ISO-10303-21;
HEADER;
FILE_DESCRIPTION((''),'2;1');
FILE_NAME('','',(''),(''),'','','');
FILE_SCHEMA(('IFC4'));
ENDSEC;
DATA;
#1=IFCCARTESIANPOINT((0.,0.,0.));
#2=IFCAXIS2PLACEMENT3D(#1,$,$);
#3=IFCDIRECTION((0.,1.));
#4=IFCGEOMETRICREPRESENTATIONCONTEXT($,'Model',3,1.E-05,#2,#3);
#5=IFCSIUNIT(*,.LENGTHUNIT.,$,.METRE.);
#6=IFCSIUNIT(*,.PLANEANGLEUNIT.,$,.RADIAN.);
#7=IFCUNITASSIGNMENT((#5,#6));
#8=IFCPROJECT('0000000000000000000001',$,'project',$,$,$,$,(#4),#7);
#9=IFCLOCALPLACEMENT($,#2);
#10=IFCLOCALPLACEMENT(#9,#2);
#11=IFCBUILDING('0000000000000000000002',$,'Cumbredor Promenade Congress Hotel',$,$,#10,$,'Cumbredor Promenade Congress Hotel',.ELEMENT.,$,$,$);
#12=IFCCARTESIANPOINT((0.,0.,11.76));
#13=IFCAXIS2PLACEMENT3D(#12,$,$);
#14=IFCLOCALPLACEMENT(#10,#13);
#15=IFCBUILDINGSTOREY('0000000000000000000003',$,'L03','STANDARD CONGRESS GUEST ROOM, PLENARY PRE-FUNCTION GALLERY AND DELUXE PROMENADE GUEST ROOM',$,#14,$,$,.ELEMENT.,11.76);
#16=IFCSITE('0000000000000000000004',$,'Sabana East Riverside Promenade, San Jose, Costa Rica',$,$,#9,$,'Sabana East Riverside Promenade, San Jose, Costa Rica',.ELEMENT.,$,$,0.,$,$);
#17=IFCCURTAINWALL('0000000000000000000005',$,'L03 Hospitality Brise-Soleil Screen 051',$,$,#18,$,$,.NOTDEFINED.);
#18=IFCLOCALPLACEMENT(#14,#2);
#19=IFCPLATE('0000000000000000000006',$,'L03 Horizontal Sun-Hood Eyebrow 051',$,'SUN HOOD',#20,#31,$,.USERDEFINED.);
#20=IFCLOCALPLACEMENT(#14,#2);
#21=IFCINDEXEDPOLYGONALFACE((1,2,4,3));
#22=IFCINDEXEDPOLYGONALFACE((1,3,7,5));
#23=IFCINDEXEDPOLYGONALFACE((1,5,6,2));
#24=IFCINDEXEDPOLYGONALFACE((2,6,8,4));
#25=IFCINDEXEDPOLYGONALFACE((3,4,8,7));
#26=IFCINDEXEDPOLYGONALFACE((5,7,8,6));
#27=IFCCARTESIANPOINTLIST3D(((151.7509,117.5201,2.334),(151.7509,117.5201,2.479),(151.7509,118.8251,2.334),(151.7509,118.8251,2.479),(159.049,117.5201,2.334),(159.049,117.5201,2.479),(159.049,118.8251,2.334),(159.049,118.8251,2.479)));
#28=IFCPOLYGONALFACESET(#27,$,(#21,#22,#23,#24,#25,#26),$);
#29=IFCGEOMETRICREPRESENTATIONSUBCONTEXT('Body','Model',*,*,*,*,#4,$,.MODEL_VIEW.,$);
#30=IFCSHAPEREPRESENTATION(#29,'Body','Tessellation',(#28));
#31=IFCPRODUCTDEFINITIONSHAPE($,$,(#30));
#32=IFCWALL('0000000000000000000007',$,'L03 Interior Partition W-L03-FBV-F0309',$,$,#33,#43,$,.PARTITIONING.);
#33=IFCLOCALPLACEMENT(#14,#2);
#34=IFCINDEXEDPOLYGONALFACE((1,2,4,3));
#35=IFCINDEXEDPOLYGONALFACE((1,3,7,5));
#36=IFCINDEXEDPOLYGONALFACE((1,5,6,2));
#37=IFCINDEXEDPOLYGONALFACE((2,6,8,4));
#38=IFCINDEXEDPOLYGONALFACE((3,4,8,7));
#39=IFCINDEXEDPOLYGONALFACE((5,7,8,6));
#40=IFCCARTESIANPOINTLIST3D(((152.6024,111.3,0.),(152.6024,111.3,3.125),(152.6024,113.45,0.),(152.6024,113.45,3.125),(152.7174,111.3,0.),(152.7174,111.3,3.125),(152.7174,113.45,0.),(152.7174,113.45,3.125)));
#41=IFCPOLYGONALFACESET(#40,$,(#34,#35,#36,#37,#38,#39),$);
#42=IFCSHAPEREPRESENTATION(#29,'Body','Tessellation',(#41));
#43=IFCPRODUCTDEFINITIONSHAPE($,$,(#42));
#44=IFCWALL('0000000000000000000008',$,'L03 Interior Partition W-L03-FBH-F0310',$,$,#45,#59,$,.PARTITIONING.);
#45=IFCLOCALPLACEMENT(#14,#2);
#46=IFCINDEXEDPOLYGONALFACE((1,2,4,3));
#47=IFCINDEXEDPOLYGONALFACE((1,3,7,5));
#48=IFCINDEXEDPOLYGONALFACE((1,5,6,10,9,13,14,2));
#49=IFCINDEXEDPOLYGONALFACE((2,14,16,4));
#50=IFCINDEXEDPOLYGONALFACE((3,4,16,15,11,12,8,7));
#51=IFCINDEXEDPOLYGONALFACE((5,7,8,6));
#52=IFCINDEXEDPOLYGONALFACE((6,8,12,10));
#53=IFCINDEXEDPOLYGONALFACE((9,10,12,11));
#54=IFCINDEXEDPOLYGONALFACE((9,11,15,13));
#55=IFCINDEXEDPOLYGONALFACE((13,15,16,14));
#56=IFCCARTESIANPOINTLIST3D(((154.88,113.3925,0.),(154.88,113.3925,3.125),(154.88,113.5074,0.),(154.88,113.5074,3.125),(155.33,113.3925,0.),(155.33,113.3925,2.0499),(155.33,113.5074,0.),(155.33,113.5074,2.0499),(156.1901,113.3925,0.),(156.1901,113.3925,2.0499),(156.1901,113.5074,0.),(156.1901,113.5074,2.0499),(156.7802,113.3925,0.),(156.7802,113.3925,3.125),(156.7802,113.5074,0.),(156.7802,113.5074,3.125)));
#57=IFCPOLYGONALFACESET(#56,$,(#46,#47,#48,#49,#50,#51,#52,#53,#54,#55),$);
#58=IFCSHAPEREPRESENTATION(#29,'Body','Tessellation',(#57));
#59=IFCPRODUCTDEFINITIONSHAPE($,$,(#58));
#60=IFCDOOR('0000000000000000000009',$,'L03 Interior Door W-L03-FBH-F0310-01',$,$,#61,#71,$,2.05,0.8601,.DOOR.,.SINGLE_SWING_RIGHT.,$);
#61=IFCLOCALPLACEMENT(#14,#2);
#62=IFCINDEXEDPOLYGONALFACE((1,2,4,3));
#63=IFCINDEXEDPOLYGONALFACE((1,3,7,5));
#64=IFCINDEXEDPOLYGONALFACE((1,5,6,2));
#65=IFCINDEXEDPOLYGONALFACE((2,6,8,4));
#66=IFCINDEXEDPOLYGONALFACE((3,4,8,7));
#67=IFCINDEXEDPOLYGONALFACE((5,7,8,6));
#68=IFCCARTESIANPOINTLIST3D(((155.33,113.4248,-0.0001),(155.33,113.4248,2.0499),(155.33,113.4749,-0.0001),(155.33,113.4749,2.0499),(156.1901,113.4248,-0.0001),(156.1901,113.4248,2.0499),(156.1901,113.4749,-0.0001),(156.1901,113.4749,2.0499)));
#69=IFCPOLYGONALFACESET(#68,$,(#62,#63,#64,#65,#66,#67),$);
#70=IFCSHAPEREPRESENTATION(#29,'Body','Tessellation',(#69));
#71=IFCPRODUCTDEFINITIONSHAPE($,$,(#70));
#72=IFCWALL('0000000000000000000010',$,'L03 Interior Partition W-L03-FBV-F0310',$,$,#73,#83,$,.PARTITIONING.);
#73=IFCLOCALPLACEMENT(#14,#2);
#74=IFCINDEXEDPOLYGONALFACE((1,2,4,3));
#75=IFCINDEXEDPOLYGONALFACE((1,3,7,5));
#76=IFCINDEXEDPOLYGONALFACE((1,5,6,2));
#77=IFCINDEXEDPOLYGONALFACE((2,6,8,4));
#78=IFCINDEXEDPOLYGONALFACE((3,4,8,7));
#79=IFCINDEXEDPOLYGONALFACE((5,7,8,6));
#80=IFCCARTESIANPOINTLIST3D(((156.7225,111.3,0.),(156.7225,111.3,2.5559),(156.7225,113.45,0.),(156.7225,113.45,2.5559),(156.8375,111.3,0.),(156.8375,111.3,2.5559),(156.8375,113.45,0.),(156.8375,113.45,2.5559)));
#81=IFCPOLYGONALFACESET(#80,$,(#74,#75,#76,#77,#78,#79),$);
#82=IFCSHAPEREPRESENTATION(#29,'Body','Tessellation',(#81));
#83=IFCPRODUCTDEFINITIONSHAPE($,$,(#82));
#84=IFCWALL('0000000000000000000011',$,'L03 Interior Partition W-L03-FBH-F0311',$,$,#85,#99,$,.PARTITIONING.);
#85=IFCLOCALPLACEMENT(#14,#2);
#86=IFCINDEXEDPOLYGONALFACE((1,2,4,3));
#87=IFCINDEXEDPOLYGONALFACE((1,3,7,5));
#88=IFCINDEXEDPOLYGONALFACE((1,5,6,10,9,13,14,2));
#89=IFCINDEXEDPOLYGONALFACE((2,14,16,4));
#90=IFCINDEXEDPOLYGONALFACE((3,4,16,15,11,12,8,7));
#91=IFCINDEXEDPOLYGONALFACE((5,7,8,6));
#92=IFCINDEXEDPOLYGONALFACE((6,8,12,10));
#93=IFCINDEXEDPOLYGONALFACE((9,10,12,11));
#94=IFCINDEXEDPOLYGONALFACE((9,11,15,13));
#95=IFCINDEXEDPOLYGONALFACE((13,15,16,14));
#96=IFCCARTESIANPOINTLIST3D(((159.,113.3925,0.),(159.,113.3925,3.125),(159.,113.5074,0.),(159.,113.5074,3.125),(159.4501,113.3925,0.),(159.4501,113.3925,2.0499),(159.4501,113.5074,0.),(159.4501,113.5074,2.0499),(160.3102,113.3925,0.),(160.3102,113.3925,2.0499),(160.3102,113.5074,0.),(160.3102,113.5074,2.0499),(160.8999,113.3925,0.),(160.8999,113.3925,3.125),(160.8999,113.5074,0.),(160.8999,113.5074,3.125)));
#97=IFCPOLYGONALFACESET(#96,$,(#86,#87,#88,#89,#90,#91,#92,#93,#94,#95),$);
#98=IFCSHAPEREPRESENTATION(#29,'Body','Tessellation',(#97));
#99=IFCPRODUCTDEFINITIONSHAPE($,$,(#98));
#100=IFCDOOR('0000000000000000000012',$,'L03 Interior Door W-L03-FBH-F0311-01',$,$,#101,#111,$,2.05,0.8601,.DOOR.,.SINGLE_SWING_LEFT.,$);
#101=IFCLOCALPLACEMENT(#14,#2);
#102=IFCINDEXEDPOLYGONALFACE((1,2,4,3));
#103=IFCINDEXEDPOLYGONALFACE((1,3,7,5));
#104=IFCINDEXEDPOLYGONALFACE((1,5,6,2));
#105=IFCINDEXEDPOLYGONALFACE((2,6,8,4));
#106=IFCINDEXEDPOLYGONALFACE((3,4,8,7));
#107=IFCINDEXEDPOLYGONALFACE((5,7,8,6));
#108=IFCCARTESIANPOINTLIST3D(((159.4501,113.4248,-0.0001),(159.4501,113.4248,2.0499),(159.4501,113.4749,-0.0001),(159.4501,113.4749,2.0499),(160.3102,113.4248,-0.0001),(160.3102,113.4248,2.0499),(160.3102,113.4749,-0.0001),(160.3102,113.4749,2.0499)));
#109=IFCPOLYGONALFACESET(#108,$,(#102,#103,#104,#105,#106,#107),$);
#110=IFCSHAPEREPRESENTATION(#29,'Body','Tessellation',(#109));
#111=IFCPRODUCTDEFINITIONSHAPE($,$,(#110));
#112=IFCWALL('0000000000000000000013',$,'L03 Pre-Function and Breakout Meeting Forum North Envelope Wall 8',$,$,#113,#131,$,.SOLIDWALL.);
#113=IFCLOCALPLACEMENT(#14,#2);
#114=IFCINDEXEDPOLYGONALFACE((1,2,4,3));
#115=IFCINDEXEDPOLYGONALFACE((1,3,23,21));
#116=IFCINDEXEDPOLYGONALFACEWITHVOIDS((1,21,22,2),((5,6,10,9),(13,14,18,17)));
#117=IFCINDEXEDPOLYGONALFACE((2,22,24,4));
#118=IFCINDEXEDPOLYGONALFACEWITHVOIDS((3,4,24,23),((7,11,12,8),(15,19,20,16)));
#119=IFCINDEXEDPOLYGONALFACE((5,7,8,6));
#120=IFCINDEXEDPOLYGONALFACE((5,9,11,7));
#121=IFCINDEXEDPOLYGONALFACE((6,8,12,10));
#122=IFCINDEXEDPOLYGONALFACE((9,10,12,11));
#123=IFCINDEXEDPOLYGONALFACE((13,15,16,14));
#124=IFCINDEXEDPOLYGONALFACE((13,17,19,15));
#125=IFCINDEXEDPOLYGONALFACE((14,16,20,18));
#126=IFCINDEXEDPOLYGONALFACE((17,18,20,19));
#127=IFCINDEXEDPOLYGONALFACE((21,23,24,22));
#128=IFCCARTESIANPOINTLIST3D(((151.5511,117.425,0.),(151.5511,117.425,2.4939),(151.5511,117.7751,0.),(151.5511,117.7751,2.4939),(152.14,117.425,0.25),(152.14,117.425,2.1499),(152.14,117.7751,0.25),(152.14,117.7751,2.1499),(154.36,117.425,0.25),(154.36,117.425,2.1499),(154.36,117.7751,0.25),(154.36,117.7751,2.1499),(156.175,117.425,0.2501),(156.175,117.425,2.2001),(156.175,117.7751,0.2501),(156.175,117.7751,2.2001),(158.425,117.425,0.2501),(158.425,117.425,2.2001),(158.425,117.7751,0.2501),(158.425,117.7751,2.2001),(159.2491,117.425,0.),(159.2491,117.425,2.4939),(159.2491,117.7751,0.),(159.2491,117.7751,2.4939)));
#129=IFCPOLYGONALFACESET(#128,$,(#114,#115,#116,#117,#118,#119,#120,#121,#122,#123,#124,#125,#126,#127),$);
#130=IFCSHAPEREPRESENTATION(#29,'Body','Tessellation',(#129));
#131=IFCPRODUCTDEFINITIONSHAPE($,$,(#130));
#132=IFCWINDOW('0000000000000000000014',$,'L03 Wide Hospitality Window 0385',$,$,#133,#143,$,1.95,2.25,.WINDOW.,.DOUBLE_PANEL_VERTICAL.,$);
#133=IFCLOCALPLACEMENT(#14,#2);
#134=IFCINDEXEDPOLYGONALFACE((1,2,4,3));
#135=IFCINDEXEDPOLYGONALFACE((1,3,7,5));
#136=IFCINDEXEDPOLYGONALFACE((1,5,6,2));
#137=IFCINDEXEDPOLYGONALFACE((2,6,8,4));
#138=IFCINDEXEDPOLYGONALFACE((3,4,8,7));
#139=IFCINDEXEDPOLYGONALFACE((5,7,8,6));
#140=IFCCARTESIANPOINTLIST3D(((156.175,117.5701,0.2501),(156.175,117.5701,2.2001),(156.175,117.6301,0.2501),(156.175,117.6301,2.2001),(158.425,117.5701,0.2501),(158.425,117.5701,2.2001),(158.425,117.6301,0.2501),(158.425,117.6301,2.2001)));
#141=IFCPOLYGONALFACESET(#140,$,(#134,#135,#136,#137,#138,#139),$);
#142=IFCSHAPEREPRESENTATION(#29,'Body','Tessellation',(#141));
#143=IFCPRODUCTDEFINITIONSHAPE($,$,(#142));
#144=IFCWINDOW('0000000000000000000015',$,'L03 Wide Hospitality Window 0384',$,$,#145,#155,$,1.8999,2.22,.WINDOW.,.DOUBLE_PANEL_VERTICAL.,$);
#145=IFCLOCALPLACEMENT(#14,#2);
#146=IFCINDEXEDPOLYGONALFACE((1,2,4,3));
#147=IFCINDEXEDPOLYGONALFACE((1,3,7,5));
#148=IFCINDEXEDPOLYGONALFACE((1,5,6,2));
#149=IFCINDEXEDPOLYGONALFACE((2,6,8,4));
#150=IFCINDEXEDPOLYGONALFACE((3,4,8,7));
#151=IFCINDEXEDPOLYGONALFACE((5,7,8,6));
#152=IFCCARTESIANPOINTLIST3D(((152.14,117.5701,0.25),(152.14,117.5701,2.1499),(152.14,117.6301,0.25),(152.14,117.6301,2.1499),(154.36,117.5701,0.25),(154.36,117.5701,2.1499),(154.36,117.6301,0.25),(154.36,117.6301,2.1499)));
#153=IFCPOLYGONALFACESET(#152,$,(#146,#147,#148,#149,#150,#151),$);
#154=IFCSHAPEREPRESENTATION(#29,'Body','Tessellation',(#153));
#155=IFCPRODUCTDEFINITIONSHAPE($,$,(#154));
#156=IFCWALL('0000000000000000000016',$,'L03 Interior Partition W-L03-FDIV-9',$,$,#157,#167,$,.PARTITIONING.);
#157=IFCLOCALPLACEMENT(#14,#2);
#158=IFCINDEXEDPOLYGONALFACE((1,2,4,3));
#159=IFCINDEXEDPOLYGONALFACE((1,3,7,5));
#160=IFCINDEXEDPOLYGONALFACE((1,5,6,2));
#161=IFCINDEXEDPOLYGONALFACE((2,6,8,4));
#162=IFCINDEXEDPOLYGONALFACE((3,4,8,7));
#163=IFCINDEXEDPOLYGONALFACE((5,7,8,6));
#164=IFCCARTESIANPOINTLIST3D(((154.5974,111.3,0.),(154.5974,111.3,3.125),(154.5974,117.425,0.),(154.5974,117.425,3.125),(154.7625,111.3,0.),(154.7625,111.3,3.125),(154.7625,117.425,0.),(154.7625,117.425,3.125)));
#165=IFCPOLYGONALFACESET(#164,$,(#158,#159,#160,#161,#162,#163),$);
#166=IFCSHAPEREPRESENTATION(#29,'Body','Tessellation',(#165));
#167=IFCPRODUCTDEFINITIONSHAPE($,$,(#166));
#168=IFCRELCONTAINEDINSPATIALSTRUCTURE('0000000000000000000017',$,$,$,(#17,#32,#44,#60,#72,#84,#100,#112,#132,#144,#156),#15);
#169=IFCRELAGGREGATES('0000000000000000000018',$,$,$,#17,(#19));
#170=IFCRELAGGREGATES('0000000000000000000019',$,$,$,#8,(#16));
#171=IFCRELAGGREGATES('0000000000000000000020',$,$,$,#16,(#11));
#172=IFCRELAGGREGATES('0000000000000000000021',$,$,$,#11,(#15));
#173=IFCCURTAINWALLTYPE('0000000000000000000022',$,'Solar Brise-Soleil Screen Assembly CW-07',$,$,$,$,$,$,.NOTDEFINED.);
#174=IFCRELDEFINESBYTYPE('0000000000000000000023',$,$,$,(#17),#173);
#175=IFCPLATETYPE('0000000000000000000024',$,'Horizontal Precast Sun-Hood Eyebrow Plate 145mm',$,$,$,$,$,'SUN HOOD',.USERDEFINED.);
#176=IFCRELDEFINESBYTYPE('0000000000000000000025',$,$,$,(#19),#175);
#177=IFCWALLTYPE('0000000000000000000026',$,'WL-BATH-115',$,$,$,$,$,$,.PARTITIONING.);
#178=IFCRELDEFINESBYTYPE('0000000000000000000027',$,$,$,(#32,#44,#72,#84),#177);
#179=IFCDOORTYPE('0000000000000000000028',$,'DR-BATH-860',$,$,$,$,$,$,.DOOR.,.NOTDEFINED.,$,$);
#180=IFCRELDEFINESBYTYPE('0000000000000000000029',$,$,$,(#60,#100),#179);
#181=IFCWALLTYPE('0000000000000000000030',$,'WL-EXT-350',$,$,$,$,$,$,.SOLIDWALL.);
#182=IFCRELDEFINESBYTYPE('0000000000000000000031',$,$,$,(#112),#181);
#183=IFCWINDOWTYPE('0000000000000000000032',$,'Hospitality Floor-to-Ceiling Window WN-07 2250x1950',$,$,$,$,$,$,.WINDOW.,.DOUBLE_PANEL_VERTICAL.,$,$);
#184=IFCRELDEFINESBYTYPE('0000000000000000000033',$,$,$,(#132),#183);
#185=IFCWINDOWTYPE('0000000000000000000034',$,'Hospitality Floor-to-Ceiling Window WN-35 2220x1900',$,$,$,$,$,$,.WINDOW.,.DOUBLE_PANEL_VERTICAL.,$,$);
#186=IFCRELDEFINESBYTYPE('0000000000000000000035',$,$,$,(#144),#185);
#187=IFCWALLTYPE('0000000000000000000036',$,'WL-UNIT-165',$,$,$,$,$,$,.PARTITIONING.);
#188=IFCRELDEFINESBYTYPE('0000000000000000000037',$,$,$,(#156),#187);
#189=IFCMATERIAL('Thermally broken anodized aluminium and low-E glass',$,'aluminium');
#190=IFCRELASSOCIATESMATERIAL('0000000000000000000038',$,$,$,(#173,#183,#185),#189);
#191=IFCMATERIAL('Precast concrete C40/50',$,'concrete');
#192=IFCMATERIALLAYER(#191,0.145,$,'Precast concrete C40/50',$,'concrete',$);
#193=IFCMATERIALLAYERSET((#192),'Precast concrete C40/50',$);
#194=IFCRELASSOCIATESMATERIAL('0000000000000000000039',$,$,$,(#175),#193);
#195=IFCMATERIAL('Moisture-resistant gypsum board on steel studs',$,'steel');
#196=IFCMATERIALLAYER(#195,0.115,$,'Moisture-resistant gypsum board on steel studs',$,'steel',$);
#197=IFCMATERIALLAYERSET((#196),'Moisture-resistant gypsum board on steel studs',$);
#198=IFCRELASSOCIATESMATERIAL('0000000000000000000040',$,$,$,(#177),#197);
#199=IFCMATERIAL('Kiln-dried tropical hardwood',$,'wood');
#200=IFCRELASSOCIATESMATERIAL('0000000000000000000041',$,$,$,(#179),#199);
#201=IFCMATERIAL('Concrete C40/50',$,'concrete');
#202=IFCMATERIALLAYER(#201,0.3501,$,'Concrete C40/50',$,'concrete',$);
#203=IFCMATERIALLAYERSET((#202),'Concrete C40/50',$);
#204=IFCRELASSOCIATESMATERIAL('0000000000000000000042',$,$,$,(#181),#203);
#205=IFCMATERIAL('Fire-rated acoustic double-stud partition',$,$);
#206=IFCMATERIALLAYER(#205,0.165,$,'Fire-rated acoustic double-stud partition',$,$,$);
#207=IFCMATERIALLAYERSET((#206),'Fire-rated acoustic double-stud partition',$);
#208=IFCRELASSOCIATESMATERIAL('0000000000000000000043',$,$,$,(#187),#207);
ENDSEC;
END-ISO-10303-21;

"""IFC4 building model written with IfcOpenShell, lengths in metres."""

from ifc_helpers import new_model, si_unit, direction, frame, frame_2d, origin, origin_2d, place, context, subcontext, project, spatial, rectangle, extrude, material, layer, layer_set, type_object, element, fill, aggregate, save


model = new_model("IFC4")

# Units and contexts
model_context = context("Model", 3, precision=1e-05, world=origin(), true_north=direction((0.0, 1.0)))
body_context = subcontext(model_context, "Body", "Model", "MODEL_VIEW")
ifc_project = project(units=[si_unit("LENGTHUNIT", "METRE"), si_unit("PLANEANGLEUNIT", "RADIAN")], contexts=[model_context])

# Site, building, storey
site_placement = place(None, origin())
site = spatial("IfcSite", under=ifc_project, at=site_placement, Name="Sabana East Riverside Promenade, San Jose, Costa Rica", LongName="Sabana East Riverside Promenade, San Jose, Costa Rica", CompositionType="ELEMENT", RefElevation=0.0)
building_placement = place(site_placement, origin())
building = spatial("IfcBuilding", under=site, at=building_placement, Name="Cumbredor Promenade Congress Hotel", LongName="Cumbredor Promenade Congress Hotel", CompositionType="ELEMENT")
storey_placement = place(building_placement, frame((0.0, 0.0, 11.76)))
storey = spatial("IfcBuildingStorey", under=building, at=storey_placement, Name="L03", Description="STANDARD CONGRESS GUEST ROOM, PLENARY PRE-FUNCTION GALLERY AND DELUXE PROMENADE GUEST ROOM", CompositionType="ELEMENT", Elevation=11.76)

# Shared definitions
ifc_material_1 = material(Name="Concrete C40/50", Category="concrete")

# Curtain wall
ifc_material_2 = material(Name="Thermally broken anodized aluminium and low-E glass", Category="aluminium")
curtain_wall_type = type_object("IfcCurtainWallType", Name="Solar Brise-Soleil Screen Assembly CW-07", PredefinedType="NOTDEFINED", material=ifc_material_2)
curtain_wall_placement = place(storey_placement, origin())
curtain_wall = element("IfcCurtainWall", 1, at=curtain_wall_placement, inside=storey, type_object=curtain_wall_type, Name="L03 Hospitality Brise-Soleil Screen 051", PredefinedType="NOTDEFINED")

# Shared definitions
ifc_material_3 = material(Name="Kiln-dried tropical hardwood", Category="wood")

# Plate
ifc_material_4 = material(Name="Precast concrete C40/50", Category="concrete")
ifc_layer_1 = layer(ifc_material_4, 0.145, Name="Precast concrete C40/50", Category="concrete")
ifc_layer_set_1 = layer_set([ifc_layer_1], Name="Precast concrete C40/50")
plate_type = type_object("IfcPlateType", Name="Horizontal Precast Sun-Hood Eyebrow Plate 145mm", ElementType="SUN HOOD", PredefinedType="USERDEFINED", material=ifc_layer_set_1)
plate_placement = place(storey_placement, frame((155.3999, 118.1726, 2.334), z_axis=(0.0, 0.0, 1.0), x_axis=(1.0, 0.0, 0.0)))
plate = element("IfcPlate", 2, at=plate_placement, type_object=plate_type, Name="L03 Horizontal Sun-Hood Eyebrow 051", ObjectType="SUN HOOD", PredefinedType="USERDEFINED", context=body_context, shape_type="SweptSolid", body=[
    extrude(rectangle(XDim=7.2981, YDim=1.3049, at=origin_2d()), origin(), (0.0, 0.0, 1.0), 0.145),
])
aggregate(curtain_wall, [plate])

# Wall
ifc_material_5 = material(Name="Moisture-resistant gypsum board on steel studs", Category="steel")
ifc_layer_2 = layer(ifc_material_5, 0.115, Name="Moisture-resistant gypsum board on steel studs", Category="steel")
ifc_layer_set_2 = layer_set([ifc_layer_2], Name="Moisture-resistant gypsum board on steel studs")
wall_type_1 = type_object("IfcWallType", Name="WL-BATH-115", PredefinedType="PARTITIONING", material=ifc_layer_set_2)
wall_1_placement = place(storey_placement, frame((152.6599, 111.3, 0.0), z_axis=(0.0, 0.0, 1.0), x_axis=(0.0, 1.0, 0.0)))
element("IfcWall", 3, at=wall_1_placement, inside=storey, type_object=wall_type_1, Name="L03 Interior Partition W-L03-FBV-F0309", PredefinedType="PARTITIONING", context=body_context, shape_type="SweptSolid", body=[
    extrude(rectangle(XDim=2.1499, YDim=0.115, at=frame_2d((1.075, 0.0))), origin(), (0.0, 0.0, 1.0), 3.125),
])

# Wall, opening, door
wall_2_placement = place(storey_placement, frame((154.8799, 113.45, 0.0), z_axis=(0.0, 0.0, 1.0), x_axis=(1.0, 0.0, 0.0)))
wall_2 = element("IfcWall", 4, at=wall_2_placement, inside=storey, type_object=wall_type_1, Name="L03 Interior Partition W-L03-FBH-F0310", PredefinedType="PARTITIONING", context=body_context, shape_type="SweptSolid", body=[
    extrude(rectangle(XDim=1.9001, YDim=0.115, at=frame_2d((0.9502, 0.0))), origin(), (0.0, 0.0, 1.0), 3.125),
])
opening_1_placement = place(wall_2_placement, frame((0.45, 0.0, 0.0)))
opening_1 = element("IfcOpeningElement", 5, at=opening_1_placement, cuts=wall_2, PredefinedType="OPENING", context=body_context, shape_type="SweptSolid", body=[
    extrude(rectangle(XDim=0.8601, YDim=2.05, at=frame_2d((0.4302, 1.0249))), frame((0.0, 0.0674, 0.0), z_axis=(0.0, -1.0, 0.0), x_axis=(1.0, 0.0, 0.0)), (0.0, 0.0, 1.0), 0.135),
])
door_type = type_object("IfcDoorType", Name="DR-BATH-860", OperationType="NOTDEFINED", PredefinedType="DOOR", material=ifc_material_3)
door_1_placement = place(opening_1_placement, origin())
door_1 = element("IfcDoor", 6, at=door_1_placement, inside=storey, type_object=door_type, Name="L03 Interior Door W-L03-FBH-F0310-01", OperationType="SINGLE_SWING_RIGHT", OverallHeight=2.05, OverallWidth=0.8601, PredefinedType="DOOR", context=body_context, shape_type="SweptSolid", body=[
    extrude(rectangle(XDim=0.8601, YDim=2.05, at=frame_2d((0.4302, 1.0249))), frame((0.0, 0.0249, 0.0), z_axis=(0.0, -1.0, 0.0), x_axis=(1.0, 0.0, 0.0)), (0.0, 0.0, 1.0), 0.05),
])
fill(opening_1, door_1)

# Wall
wall_3_placement = place(storey_placement, frame((156.78, 111.3, 0.0), z_axis=(0.0, 0.0, 1.0), x_axis=(0.0, 1.0, 0.0)))
element("IfcWall", 7, at=wall_3_placement, inside=storey, type_object=wall_type_1, Name="L03 Interior Partition W-L03-FBV-F0310", PredefinedType="PARTITIONING", context=body_context, shape_type="SweptSolid", body=[
    extrude(rectangle(XDim=2.1499, YDim=0.115, at=frame_2d((1.075, 0.0))), origin(), (0.0, 0.0, 1.0), 2.5559),
])

# Wall, opening, door
wall_4_placement = place(storey_placement, frame((159.0, 113.45, 0.0), z_axis=(0.0, 0.0, 1.0), x_axis=(1.0, 0.0, 0.0)))
wall_4 = element("IfcWall", 8, at=wall_4_placement, inside=storey, type_object=wall_type_1, Name="L03 Interior Partition W-L03-FBH-F0311", PredefinedType="PARTITIONING", context=body_context, shape_type="SweptSolid", body=[
    extrude(rectangle(XDim=1.8999, YDim=0.115, at=frame_2d((0.95, 0.0))), origin(), (0.0, 0.0, 1.0), 3.125),
])
opening_2_placement = place(wall_4_placement, frame((0.45, 0.0, 0.0)))
opening_2 = element("IfcOpeningElement", 9, at=opening_2_placement, cuts=wall_4, PredefinedType="OPENING", context=body_context, shape_type="SweptSolid", body=[
    extrude(rectangle(XDim=0.8601, YDim=2.05, at=frame_2d((0.4302, 1.0249))), frame((0.0, 0.0674, 0.0), z_axis=(0.0, -1.0, 0.0), x_axis=(1.0, 0.0, 0.0)), (0.0, 0.0, 1.0), 0.135),
])
door_2_placement = place(opening_2_placement, origin())
door_2 = element("IfcDoor", 10, at=door_2_placement, inside=storey, type_object=door_type, Name="L03 Interior Door W-L03-FBH-F0311-01", OperationType="SINGLE_SWING_LEFT", OverallHeight=2.05, OverallWidth=0.8601, PredefinedType="DOOR", context=body_context, shape_type="SweptSolid", body=[
    extrude(rectangle(XDim=0.8601, YDim=2.05, at=frame_2d((0.4302, 1.0249))), frame((0.0, 0.0249, 0.0), z_axis=(0.0, -1.0, 0.0), x_axis=(1.0, 0.0, 0.0)), (0.0, 0.0, 1.0), 0.05),
])
fill(opening_2, door_2)

# Wall, openings, windows
ifc_layer_3 = layer(ifc_material_1, 0.3501, Name="Concrete C40/50", Category="concrete")
ifc_layer_set_3 = layer_set([ifc_layer_3], Name="Concrete C40/50")
wall_type_2 = type_object("IfcWallType", Name="WL-EXT-350", PredefinedType="SOLIDWALL", material=ifc_layer_set_3)
wall_5_placement = place(storey_placement, frame((151.551, 117.6001, 0.0), z_axis=(0.0, 0.0, 1.0), x_axis=(1.0, 0.0, 0.0)))
wall_5 = element("IfcWall", 11, at=wall_5_placement, inside=storey, type_object=wall_type_2, Name="L03 Pre-Function and Breakout Meeting Forum North Envelope Wall 8", PredefinedType="SOLIDWALL", context=body_context, shape_type="SweptSolid", body=[
    extrude(rectangle(XDim=7.698, YDim=0.3501, at=frame_2d((3.8491, 0.0))), origin(), (0.0, 0.0, 1.0), 2.4939),
])
opening_3_placement = place(wall_5_placement, frame((0.5891, 0.0, 0.25)))
opening_3 = element("IfcOpeningElement", 12, at=opening_3_placement, cuts=wall_5, PredefinedType="OPENING", context=body_context, shape_type="SweptSolid", body=[
    extrude(rectangle(XDim=2.22, YDim=1.8999, at=frame_2d((1.1099, 0.95))), frame((0.0, 0.1851, 0.0), z_axis=(0.0, -1.0, 0.0), x_axis=(1.0, 0.0, 0.0)), (0.0, 0.0, 1.0), 0.3701),
])
opening_4_placement = place(wall_5_placement, frame((4.624, 0.0, 0.25)))
opening_4 = element("IfcOpeningElement", 13, at=opening_4_placement, cuts=wall_5, PredefinedType="OPENING", context=body_context, shape_type="SweptSolid", body=[
    extrude(rectangle(XDim=2.25, YDim=1.95, at=frame_2d((1.125, 0.9751))), frame((0.0, 0.1851, 0.0), z_axis=(0.0, -1.0, 0.0), x_axis=(1.0, 0.0, 0.0)), (0.0, 0.0, 1.0), 0.3701),
])
window_type_1 = type_object("IfcWindowType", Name="Hospitality Floor-to-Ceiling Window WN-07 2250x1950", PartitioningType="DOUBLE_PANEL_VERTICAL", PredefinedType="WINDOW", material=ifc_material_2)
window_1_placement = place(opening_4_placement, origin())
window_1 = element("IfcWindow", 14, at=window_1_placement, inside=storey, type_object=window_type_1, Name="L03 Wide Hospitality Window 0385", OverallHeight=1.95, OverallWidth=2.25, PartitioningType="DOUBLE_PANEL_VERTICAL", PredefinedType="WINDOW", context=body_context, shape_type="SweptSolid", body=[
    extrude(rectangle(XDim=2.25, YDim=1.95, at=frame_2d((1.125, 0.9751))), frame((0.0, 0.03, 0.0), z_axis=(0.0, -1.0, 0.0), x_axis=(1.0, 0.0, 0.0)), (0.0, 0.0, 1.0), 0.0601),
])
fill(opening_4, window_1)
window_type_2 = type_object("IfcWindowType", Name="Hospitality Floor-to-Ceiling Window WN-35 2220x1900", PartitioningType="DOUBLE_PANEL_VERTICAL", PredefinedType="WINDOW", material=ifc_material_2)
window_2_placement = place(opening_3_placement, origin())
window_2 = element("IfcWindow", 15, at=window_2_placement, inside=storey, type_object=window_type_2, Name="L03 Wide Hospitality Window 0384", OverallHeight=1.8999, OverallWidth=2.22, PartitioningType="DOUBLE_PANEL_VERTICAL", PredefinedType="WINDOW", context=body_context, shape_type="SweptSolid", body=[
    extrude(rectangle(XDim=2.22, YDim=1.8999, at=frame_2d((1.1099, 0.95))), frame((0.0, 0.03, 0.0), z_axis=(0.0, -1.0, 0.0), x_axis=(1.0, 0.0, 0.0)), (0.0, 0.0, 1.0), 0.0601),
])
fill(opening_3, window_2)

# Wall
ifc_material_6 = material(Name="Fire-rated acoustic double-stud partition")
ifc_layer_4 = layer(ifc_material_6, 0.165, Name="Fire-rated acoustic double-stud partition")
ifc_layer_set_4 = layer_set([ifc_layer_4], Name="Fire-rated acoustic double-stud partition")
wall_type_3 = type_object("IfcWallType", Name="WL-UNIT-165", PredefinedType="PARTITIONING", material=ifc_layer_set_4)
for number, where, z_axis, x_axis, name in (
    (16, (154.6799, 111.3, 0.0), (0.0, 0.0, 1.0), (0.0, 1.0, 0.0), "L03 Interior Partition W-L03-FDIV-9"),
):
    element("IfcWall", number, at=place(storey_placement, frame(where, z_axis=z_axis, x_axis=x_axis)), inside=storey, type_object=wall_type_3, Name=name, PredefinedType="PARTITIONING", context=body_context, shape_type="SweptSolid", body=[
        extrude(rectangle(XDim=6.125, YDim=0.165, at=frame_2d((3.0625, 0.0))), origin(), (0.0, 0.0, 1.0), 3.125),
    ])

save(model, "model.ifc")
